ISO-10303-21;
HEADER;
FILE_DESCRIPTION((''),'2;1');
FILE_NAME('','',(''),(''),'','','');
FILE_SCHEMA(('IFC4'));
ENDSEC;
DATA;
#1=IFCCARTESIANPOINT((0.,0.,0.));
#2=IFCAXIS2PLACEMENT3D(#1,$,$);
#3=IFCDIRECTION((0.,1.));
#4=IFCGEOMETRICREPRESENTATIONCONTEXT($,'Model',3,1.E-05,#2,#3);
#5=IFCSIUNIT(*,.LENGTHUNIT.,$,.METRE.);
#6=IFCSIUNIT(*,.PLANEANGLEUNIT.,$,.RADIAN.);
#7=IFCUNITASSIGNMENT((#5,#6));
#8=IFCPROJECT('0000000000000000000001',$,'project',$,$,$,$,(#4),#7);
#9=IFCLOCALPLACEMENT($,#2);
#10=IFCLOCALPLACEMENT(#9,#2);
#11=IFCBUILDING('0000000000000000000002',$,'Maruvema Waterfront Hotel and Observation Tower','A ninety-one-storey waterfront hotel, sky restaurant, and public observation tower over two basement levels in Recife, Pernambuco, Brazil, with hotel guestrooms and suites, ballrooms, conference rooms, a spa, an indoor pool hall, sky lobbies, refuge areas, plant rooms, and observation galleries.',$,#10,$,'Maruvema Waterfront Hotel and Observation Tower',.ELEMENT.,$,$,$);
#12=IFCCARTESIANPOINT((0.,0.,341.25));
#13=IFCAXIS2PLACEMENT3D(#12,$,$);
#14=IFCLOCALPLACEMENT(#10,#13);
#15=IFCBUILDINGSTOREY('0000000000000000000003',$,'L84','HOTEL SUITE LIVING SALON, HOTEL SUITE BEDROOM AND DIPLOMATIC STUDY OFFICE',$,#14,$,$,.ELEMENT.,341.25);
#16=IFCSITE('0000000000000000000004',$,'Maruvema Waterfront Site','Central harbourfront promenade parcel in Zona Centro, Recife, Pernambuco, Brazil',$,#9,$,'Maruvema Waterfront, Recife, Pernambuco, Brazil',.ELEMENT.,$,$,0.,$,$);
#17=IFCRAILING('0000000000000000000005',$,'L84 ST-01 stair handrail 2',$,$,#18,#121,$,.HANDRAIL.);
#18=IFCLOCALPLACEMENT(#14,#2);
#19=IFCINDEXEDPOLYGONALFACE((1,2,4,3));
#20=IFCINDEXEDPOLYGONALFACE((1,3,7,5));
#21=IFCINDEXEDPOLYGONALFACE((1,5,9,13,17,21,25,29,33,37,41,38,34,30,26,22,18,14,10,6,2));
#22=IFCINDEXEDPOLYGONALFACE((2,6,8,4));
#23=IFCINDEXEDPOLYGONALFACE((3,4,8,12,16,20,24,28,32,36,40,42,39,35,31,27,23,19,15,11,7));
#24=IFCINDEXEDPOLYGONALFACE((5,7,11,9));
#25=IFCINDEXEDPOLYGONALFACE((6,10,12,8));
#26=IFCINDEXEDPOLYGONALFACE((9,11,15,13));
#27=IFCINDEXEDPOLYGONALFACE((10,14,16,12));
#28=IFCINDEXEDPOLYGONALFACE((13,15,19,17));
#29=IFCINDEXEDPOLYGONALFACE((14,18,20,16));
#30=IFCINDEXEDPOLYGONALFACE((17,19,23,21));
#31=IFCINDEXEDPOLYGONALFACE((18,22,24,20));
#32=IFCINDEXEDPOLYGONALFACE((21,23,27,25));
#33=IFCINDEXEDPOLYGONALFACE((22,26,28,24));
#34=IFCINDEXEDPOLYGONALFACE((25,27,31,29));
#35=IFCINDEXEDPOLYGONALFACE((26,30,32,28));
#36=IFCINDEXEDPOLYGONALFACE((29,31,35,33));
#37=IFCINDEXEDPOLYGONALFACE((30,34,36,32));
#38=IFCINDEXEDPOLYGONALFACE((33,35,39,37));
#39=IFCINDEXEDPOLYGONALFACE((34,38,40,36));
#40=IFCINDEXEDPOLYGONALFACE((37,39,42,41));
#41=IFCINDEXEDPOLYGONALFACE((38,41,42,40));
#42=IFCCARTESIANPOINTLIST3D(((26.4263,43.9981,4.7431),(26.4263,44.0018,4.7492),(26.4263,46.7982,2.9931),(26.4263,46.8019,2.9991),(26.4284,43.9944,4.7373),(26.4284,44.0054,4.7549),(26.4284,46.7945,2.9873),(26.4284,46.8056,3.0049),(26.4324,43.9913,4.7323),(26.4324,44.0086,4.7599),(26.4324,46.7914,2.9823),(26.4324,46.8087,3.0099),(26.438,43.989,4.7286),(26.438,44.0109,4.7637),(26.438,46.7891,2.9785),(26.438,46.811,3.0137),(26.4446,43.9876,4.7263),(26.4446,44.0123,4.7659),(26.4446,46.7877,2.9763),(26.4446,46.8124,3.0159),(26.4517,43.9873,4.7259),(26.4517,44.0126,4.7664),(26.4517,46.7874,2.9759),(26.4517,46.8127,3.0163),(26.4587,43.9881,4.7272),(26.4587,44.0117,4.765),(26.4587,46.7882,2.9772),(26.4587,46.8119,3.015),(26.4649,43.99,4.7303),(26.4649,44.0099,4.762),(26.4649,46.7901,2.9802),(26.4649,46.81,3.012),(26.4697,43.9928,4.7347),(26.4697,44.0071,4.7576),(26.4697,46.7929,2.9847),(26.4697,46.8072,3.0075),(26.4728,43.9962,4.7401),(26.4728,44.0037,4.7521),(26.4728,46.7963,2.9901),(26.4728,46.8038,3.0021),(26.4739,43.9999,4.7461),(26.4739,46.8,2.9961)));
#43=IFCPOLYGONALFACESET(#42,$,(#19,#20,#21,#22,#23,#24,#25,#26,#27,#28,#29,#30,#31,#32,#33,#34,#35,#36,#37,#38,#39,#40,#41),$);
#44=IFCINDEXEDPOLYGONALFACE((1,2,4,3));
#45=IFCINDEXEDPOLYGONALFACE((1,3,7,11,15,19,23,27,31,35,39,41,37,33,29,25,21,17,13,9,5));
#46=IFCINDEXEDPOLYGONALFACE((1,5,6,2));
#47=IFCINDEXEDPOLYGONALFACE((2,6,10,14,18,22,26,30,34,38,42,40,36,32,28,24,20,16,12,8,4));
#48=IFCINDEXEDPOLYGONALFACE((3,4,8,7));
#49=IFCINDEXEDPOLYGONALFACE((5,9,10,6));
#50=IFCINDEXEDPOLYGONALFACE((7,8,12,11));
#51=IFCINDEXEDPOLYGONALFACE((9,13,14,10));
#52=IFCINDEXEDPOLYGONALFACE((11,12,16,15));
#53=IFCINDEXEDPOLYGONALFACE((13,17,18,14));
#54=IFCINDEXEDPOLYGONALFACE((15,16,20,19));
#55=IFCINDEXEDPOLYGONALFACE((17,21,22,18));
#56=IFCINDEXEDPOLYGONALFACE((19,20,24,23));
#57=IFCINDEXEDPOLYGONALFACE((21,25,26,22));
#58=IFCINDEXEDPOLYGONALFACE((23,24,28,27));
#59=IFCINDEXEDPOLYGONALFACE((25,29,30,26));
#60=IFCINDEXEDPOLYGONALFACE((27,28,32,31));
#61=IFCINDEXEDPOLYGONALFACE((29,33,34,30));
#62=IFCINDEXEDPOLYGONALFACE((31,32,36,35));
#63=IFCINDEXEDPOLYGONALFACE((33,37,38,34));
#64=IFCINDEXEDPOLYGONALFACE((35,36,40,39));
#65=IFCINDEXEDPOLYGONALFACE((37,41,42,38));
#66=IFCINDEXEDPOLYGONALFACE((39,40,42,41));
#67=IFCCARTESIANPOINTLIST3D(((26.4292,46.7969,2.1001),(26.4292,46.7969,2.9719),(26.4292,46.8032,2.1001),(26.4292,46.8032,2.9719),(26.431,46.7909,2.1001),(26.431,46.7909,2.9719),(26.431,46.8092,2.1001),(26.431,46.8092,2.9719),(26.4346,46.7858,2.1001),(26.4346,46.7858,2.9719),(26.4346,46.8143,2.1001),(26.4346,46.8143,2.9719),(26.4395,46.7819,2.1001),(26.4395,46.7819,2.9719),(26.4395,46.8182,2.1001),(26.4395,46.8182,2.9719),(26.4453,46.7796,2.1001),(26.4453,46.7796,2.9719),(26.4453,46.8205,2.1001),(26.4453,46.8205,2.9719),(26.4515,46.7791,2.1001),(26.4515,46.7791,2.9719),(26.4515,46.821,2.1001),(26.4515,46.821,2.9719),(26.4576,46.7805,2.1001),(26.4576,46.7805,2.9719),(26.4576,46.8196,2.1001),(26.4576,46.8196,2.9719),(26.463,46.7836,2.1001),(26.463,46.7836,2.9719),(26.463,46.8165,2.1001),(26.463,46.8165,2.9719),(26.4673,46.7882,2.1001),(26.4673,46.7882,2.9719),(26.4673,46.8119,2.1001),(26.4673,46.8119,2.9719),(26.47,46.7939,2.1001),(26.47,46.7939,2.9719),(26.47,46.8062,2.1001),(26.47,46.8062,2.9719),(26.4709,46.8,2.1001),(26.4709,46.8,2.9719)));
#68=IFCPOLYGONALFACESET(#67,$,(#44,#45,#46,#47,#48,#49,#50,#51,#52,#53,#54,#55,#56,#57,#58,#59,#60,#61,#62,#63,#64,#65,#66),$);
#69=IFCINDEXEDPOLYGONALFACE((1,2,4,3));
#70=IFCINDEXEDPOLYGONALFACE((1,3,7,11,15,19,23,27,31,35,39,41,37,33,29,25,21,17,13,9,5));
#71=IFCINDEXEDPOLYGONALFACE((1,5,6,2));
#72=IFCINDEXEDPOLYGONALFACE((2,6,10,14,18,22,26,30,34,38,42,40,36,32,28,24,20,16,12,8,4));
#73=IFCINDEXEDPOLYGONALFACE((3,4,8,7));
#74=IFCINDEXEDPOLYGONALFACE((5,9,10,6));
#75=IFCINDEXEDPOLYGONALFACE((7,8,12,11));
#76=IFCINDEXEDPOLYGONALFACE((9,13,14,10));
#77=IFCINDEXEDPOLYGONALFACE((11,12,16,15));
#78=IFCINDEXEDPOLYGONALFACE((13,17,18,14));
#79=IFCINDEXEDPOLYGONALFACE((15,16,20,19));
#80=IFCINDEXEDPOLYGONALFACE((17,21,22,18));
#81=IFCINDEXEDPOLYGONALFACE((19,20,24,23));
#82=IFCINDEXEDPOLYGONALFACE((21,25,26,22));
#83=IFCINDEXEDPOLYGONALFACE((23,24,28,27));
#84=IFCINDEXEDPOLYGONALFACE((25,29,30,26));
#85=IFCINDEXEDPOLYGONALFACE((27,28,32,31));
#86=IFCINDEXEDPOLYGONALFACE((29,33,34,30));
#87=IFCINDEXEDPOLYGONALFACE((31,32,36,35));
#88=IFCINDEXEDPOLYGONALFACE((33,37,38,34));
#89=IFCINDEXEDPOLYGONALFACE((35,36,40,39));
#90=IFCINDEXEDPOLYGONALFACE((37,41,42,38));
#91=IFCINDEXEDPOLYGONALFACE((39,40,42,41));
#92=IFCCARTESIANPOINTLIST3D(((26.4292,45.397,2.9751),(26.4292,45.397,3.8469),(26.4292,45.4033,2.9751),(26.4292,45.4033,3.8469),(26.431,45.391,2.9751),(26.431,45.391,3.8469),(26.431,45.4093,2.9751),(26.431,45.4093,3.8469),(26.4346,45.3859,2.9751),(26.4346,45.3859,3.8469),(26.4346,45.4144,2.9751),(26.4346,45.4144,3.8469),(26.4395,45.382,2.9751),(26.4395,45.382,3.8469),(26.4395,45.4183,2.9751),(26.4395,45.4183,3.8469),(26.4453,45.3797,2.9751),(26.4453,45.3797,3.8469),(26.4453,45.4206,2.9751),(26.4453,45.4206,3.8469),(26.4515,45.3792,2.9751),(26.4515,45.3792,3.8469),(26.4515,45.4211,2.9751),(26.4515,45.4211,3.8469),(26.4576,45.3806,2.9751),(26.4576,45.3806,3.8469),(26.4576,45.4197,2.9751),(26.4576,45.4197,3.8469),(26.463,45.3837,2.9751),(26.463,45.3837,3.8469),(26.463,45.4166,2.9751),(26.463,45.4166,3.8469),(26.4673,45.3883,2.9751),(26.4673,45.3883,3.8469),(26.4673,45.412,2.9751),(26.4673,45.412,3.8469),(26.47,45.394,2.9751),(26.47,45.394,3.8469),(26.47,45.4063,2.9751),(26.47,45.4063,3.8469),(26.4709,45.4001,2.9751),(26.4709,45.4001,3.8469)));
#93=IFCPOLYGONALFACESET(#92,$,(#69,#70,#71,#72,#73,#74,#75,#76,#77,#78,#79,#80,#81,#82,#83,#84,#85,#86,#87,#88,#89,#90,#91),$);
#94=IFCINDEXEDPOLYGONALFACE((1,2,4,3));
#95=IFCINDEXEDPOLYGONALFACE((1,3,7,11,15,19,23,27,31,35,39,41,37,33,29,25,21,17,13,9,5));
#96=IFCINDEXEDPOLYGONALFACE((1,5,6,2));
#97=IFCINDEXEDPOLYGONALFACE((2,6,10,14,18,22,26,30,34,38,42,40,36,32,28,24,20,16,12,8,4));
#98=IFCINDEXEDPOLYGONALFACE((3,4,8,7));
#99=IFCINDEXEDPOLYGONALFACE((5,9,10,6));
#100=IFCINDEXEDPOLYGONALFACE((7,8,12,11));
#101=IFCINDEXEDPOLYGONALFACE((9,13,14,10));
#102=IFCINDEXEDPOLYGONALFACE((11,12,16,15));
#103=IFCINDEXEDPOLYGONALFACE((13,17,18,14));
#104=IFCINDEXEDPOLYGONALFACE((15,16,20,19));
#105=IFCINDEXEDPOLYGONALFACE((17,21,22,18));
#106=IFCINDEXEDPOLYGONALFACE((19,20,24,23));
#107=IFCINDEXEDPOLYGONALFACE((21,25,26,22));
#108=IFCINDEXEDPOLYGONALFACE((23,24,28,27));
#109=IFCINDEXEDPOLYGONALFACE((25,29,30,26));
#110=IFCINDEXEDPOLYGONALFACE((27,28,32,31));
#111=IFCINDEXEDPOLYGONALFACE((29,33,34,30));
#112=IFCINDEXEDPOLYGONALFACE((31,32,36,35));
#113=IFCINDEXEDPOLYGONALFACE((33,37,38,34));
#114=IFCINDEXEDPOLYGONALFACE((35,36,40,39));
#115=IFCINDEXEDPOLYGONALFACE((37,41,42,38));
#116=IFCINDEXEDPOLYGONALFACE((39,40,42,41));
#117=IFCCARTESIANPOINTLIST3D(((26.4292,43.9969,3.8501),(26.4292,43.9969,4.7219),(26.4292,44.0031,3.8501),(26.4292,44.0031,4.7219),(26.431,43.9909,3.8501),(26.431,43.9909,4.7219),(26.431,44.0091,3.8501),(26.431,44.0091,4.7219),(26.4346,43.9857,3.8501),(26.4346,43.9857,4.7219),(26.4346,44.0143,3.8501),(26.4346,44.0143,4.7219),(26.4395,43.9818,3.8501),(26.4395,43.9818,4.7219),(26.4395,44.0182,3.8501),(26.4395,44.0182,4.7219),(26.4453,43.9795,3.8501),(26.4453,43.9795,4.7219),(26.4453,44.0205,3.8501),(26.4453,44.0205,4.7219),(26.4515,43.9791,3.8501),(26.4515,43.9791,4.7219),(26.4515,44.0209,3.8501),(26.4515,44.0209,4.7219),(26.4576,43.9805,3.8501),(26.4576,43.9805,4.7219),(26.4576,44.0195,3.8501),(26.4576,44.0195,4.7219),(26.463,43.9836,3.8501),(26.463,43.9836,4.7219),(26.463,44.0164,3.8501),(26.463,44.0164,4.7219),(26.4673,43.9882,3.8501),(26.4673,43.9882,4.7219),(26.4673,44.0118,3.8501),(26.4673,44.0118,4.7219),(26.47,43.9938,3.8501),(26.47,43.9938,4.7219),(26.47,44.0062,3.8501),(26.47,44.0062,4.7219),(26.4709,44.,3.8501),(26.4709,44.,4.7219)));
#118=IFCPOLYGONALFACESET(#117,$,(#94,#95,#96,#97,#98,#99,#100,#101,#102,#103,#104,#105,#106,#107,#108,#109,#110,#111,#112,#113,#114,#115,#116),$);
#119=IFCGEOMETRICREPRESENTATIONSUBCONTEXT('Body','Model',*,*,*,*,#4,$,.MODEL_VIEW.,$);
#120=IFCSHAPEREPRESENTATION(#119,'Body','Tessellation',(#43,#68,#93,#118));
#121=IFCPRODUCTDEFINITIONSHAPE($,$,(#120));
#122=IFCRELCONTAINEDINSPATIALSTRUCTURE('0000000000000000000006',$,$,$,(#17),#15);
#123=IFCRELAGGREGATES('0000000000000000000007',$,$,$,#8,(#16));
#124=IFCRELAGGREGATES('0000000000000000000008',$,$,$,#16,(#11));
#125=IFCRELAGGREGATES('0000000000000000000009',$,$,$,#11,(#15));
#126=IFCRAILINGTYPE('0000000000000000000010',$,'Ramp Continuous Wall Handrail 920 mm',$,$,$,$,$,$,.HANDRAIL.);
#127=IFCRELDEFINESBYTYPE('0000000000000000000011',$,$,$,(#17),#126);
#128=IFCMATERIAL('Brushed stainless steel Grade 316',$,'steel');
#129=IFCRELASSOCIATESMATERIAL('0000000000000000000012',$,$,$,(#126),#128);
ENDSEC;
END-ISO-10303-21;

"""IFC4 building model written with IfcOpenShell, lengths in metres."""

from ifc_helpers import new_model, si_unit, direction, frame, origin, origin_2d, place, context, subcontext, project, spatial, circle, extrude, material, type_object, element, save


model = new_model("IFC4")

# Units and contexts
model_context = context("Model", 3, precision=1e-05, world=origin(), true_north=direction((0.0, 1.0)))
body_context = subcontext(model_context, "Body", "Model", "MODEL_VIEW")
ifc_project = project(units=[si_unit("LENGTHUNIT", "METRE"), si_unit("PLANEANGLEUNIT", "RADIAN")], contexts=[model_context])

# Site, building, storey
site_placement = place(None, origin())
site = spatial("IfcSite", under=ifc_project, at=site_placement, Name="Maruvema Waterfront Site", Description="Central harbourfront promenade parcel in Zona Centro, Recife, Pernambuco, Brazil", LongName="Maruvema Waterfront, Recife, Pernambuco, Brazil", CompositionType="ELEMENT", RefElevation=0.0)
building_placement = place(site_placement, origin())
building = spatial("IfcBuilding", under=site, at=building_placement, Name="Maruvema Waterfront Hotel and Observation Tower", Description="A ninety-one-storey waterfront hotel, sky restaurant, and public observation tower over two basement levels in Recife, Pernambuco, Brazil, with hotel guestrooms and suites, ballrooms, conference rooms, a spa, an indoor pool hall, sky lobbies, refuge areas, plant rooms, and observation galleries.", LongName="Maruvema Waterfront Hotel and Observation Tower", CompositionType="ELEMENT")
storey_placement = place(building_placement, frame((0.0, 0.0, 341.25)))
storey = spatial("IfcBuildingStorey", under=building, at=storey_placement, Name="L84", Description="HOTEL SUITE LIVING SALON, HOTEL SUITE BEDROOM AND DIPLOMATIC STUDY OFFICE", CompositionType="ELEMENT", Elevation=341.25)

# Railing
ifc_material_1 = material(Name="Brushed stainless steel Grade 316", Category="steel")
railing_type_1 = type_object("IfcRailingType", Name="Ramp Continuous Wall Handrail 920 mm", PredefinedType="HANDRAIL", material=ifc_material_1)
railing_1_placement = place(storey_placement, frame((26.45, 46.8, 2.1001)))
element("IfcRailing", 1, at=railing_1_placement, inside=storey, type_object=railing_type_1, Name="L84 ST-01 stair handrail 2", PredefinedType="HANDRAIL", context=body_context, shape_type="SweptSolid", body=[
    extrude(circle(Radius=0.0239, at=origin_2d()), frame((0.0, 0.0, 0.896), z_axis=(0.0, -0.848002, 0.529992), x_axis=(1.0, 0.0, 0.0)), (0.0, 0.0, 1.0), 3.302),
    extrude(circle(Radius=0.021, at=origin_2d()), origin(), (0.0, 0.0, 1.0), 0.8718),
    extrude(circle(Radius=0.021, at=origin_2d()), frame((0.0, -1.3999, 0.875)), (0.0, 0.0, 1.0), 0.8718),
    extrude(circle(Radius=0.021, at=origin_2d()), frame((0.0, -2.8, 1.75)), (0.0, 0.0, 1.0), 0.8718),
])

save(model, "model.ifc")
